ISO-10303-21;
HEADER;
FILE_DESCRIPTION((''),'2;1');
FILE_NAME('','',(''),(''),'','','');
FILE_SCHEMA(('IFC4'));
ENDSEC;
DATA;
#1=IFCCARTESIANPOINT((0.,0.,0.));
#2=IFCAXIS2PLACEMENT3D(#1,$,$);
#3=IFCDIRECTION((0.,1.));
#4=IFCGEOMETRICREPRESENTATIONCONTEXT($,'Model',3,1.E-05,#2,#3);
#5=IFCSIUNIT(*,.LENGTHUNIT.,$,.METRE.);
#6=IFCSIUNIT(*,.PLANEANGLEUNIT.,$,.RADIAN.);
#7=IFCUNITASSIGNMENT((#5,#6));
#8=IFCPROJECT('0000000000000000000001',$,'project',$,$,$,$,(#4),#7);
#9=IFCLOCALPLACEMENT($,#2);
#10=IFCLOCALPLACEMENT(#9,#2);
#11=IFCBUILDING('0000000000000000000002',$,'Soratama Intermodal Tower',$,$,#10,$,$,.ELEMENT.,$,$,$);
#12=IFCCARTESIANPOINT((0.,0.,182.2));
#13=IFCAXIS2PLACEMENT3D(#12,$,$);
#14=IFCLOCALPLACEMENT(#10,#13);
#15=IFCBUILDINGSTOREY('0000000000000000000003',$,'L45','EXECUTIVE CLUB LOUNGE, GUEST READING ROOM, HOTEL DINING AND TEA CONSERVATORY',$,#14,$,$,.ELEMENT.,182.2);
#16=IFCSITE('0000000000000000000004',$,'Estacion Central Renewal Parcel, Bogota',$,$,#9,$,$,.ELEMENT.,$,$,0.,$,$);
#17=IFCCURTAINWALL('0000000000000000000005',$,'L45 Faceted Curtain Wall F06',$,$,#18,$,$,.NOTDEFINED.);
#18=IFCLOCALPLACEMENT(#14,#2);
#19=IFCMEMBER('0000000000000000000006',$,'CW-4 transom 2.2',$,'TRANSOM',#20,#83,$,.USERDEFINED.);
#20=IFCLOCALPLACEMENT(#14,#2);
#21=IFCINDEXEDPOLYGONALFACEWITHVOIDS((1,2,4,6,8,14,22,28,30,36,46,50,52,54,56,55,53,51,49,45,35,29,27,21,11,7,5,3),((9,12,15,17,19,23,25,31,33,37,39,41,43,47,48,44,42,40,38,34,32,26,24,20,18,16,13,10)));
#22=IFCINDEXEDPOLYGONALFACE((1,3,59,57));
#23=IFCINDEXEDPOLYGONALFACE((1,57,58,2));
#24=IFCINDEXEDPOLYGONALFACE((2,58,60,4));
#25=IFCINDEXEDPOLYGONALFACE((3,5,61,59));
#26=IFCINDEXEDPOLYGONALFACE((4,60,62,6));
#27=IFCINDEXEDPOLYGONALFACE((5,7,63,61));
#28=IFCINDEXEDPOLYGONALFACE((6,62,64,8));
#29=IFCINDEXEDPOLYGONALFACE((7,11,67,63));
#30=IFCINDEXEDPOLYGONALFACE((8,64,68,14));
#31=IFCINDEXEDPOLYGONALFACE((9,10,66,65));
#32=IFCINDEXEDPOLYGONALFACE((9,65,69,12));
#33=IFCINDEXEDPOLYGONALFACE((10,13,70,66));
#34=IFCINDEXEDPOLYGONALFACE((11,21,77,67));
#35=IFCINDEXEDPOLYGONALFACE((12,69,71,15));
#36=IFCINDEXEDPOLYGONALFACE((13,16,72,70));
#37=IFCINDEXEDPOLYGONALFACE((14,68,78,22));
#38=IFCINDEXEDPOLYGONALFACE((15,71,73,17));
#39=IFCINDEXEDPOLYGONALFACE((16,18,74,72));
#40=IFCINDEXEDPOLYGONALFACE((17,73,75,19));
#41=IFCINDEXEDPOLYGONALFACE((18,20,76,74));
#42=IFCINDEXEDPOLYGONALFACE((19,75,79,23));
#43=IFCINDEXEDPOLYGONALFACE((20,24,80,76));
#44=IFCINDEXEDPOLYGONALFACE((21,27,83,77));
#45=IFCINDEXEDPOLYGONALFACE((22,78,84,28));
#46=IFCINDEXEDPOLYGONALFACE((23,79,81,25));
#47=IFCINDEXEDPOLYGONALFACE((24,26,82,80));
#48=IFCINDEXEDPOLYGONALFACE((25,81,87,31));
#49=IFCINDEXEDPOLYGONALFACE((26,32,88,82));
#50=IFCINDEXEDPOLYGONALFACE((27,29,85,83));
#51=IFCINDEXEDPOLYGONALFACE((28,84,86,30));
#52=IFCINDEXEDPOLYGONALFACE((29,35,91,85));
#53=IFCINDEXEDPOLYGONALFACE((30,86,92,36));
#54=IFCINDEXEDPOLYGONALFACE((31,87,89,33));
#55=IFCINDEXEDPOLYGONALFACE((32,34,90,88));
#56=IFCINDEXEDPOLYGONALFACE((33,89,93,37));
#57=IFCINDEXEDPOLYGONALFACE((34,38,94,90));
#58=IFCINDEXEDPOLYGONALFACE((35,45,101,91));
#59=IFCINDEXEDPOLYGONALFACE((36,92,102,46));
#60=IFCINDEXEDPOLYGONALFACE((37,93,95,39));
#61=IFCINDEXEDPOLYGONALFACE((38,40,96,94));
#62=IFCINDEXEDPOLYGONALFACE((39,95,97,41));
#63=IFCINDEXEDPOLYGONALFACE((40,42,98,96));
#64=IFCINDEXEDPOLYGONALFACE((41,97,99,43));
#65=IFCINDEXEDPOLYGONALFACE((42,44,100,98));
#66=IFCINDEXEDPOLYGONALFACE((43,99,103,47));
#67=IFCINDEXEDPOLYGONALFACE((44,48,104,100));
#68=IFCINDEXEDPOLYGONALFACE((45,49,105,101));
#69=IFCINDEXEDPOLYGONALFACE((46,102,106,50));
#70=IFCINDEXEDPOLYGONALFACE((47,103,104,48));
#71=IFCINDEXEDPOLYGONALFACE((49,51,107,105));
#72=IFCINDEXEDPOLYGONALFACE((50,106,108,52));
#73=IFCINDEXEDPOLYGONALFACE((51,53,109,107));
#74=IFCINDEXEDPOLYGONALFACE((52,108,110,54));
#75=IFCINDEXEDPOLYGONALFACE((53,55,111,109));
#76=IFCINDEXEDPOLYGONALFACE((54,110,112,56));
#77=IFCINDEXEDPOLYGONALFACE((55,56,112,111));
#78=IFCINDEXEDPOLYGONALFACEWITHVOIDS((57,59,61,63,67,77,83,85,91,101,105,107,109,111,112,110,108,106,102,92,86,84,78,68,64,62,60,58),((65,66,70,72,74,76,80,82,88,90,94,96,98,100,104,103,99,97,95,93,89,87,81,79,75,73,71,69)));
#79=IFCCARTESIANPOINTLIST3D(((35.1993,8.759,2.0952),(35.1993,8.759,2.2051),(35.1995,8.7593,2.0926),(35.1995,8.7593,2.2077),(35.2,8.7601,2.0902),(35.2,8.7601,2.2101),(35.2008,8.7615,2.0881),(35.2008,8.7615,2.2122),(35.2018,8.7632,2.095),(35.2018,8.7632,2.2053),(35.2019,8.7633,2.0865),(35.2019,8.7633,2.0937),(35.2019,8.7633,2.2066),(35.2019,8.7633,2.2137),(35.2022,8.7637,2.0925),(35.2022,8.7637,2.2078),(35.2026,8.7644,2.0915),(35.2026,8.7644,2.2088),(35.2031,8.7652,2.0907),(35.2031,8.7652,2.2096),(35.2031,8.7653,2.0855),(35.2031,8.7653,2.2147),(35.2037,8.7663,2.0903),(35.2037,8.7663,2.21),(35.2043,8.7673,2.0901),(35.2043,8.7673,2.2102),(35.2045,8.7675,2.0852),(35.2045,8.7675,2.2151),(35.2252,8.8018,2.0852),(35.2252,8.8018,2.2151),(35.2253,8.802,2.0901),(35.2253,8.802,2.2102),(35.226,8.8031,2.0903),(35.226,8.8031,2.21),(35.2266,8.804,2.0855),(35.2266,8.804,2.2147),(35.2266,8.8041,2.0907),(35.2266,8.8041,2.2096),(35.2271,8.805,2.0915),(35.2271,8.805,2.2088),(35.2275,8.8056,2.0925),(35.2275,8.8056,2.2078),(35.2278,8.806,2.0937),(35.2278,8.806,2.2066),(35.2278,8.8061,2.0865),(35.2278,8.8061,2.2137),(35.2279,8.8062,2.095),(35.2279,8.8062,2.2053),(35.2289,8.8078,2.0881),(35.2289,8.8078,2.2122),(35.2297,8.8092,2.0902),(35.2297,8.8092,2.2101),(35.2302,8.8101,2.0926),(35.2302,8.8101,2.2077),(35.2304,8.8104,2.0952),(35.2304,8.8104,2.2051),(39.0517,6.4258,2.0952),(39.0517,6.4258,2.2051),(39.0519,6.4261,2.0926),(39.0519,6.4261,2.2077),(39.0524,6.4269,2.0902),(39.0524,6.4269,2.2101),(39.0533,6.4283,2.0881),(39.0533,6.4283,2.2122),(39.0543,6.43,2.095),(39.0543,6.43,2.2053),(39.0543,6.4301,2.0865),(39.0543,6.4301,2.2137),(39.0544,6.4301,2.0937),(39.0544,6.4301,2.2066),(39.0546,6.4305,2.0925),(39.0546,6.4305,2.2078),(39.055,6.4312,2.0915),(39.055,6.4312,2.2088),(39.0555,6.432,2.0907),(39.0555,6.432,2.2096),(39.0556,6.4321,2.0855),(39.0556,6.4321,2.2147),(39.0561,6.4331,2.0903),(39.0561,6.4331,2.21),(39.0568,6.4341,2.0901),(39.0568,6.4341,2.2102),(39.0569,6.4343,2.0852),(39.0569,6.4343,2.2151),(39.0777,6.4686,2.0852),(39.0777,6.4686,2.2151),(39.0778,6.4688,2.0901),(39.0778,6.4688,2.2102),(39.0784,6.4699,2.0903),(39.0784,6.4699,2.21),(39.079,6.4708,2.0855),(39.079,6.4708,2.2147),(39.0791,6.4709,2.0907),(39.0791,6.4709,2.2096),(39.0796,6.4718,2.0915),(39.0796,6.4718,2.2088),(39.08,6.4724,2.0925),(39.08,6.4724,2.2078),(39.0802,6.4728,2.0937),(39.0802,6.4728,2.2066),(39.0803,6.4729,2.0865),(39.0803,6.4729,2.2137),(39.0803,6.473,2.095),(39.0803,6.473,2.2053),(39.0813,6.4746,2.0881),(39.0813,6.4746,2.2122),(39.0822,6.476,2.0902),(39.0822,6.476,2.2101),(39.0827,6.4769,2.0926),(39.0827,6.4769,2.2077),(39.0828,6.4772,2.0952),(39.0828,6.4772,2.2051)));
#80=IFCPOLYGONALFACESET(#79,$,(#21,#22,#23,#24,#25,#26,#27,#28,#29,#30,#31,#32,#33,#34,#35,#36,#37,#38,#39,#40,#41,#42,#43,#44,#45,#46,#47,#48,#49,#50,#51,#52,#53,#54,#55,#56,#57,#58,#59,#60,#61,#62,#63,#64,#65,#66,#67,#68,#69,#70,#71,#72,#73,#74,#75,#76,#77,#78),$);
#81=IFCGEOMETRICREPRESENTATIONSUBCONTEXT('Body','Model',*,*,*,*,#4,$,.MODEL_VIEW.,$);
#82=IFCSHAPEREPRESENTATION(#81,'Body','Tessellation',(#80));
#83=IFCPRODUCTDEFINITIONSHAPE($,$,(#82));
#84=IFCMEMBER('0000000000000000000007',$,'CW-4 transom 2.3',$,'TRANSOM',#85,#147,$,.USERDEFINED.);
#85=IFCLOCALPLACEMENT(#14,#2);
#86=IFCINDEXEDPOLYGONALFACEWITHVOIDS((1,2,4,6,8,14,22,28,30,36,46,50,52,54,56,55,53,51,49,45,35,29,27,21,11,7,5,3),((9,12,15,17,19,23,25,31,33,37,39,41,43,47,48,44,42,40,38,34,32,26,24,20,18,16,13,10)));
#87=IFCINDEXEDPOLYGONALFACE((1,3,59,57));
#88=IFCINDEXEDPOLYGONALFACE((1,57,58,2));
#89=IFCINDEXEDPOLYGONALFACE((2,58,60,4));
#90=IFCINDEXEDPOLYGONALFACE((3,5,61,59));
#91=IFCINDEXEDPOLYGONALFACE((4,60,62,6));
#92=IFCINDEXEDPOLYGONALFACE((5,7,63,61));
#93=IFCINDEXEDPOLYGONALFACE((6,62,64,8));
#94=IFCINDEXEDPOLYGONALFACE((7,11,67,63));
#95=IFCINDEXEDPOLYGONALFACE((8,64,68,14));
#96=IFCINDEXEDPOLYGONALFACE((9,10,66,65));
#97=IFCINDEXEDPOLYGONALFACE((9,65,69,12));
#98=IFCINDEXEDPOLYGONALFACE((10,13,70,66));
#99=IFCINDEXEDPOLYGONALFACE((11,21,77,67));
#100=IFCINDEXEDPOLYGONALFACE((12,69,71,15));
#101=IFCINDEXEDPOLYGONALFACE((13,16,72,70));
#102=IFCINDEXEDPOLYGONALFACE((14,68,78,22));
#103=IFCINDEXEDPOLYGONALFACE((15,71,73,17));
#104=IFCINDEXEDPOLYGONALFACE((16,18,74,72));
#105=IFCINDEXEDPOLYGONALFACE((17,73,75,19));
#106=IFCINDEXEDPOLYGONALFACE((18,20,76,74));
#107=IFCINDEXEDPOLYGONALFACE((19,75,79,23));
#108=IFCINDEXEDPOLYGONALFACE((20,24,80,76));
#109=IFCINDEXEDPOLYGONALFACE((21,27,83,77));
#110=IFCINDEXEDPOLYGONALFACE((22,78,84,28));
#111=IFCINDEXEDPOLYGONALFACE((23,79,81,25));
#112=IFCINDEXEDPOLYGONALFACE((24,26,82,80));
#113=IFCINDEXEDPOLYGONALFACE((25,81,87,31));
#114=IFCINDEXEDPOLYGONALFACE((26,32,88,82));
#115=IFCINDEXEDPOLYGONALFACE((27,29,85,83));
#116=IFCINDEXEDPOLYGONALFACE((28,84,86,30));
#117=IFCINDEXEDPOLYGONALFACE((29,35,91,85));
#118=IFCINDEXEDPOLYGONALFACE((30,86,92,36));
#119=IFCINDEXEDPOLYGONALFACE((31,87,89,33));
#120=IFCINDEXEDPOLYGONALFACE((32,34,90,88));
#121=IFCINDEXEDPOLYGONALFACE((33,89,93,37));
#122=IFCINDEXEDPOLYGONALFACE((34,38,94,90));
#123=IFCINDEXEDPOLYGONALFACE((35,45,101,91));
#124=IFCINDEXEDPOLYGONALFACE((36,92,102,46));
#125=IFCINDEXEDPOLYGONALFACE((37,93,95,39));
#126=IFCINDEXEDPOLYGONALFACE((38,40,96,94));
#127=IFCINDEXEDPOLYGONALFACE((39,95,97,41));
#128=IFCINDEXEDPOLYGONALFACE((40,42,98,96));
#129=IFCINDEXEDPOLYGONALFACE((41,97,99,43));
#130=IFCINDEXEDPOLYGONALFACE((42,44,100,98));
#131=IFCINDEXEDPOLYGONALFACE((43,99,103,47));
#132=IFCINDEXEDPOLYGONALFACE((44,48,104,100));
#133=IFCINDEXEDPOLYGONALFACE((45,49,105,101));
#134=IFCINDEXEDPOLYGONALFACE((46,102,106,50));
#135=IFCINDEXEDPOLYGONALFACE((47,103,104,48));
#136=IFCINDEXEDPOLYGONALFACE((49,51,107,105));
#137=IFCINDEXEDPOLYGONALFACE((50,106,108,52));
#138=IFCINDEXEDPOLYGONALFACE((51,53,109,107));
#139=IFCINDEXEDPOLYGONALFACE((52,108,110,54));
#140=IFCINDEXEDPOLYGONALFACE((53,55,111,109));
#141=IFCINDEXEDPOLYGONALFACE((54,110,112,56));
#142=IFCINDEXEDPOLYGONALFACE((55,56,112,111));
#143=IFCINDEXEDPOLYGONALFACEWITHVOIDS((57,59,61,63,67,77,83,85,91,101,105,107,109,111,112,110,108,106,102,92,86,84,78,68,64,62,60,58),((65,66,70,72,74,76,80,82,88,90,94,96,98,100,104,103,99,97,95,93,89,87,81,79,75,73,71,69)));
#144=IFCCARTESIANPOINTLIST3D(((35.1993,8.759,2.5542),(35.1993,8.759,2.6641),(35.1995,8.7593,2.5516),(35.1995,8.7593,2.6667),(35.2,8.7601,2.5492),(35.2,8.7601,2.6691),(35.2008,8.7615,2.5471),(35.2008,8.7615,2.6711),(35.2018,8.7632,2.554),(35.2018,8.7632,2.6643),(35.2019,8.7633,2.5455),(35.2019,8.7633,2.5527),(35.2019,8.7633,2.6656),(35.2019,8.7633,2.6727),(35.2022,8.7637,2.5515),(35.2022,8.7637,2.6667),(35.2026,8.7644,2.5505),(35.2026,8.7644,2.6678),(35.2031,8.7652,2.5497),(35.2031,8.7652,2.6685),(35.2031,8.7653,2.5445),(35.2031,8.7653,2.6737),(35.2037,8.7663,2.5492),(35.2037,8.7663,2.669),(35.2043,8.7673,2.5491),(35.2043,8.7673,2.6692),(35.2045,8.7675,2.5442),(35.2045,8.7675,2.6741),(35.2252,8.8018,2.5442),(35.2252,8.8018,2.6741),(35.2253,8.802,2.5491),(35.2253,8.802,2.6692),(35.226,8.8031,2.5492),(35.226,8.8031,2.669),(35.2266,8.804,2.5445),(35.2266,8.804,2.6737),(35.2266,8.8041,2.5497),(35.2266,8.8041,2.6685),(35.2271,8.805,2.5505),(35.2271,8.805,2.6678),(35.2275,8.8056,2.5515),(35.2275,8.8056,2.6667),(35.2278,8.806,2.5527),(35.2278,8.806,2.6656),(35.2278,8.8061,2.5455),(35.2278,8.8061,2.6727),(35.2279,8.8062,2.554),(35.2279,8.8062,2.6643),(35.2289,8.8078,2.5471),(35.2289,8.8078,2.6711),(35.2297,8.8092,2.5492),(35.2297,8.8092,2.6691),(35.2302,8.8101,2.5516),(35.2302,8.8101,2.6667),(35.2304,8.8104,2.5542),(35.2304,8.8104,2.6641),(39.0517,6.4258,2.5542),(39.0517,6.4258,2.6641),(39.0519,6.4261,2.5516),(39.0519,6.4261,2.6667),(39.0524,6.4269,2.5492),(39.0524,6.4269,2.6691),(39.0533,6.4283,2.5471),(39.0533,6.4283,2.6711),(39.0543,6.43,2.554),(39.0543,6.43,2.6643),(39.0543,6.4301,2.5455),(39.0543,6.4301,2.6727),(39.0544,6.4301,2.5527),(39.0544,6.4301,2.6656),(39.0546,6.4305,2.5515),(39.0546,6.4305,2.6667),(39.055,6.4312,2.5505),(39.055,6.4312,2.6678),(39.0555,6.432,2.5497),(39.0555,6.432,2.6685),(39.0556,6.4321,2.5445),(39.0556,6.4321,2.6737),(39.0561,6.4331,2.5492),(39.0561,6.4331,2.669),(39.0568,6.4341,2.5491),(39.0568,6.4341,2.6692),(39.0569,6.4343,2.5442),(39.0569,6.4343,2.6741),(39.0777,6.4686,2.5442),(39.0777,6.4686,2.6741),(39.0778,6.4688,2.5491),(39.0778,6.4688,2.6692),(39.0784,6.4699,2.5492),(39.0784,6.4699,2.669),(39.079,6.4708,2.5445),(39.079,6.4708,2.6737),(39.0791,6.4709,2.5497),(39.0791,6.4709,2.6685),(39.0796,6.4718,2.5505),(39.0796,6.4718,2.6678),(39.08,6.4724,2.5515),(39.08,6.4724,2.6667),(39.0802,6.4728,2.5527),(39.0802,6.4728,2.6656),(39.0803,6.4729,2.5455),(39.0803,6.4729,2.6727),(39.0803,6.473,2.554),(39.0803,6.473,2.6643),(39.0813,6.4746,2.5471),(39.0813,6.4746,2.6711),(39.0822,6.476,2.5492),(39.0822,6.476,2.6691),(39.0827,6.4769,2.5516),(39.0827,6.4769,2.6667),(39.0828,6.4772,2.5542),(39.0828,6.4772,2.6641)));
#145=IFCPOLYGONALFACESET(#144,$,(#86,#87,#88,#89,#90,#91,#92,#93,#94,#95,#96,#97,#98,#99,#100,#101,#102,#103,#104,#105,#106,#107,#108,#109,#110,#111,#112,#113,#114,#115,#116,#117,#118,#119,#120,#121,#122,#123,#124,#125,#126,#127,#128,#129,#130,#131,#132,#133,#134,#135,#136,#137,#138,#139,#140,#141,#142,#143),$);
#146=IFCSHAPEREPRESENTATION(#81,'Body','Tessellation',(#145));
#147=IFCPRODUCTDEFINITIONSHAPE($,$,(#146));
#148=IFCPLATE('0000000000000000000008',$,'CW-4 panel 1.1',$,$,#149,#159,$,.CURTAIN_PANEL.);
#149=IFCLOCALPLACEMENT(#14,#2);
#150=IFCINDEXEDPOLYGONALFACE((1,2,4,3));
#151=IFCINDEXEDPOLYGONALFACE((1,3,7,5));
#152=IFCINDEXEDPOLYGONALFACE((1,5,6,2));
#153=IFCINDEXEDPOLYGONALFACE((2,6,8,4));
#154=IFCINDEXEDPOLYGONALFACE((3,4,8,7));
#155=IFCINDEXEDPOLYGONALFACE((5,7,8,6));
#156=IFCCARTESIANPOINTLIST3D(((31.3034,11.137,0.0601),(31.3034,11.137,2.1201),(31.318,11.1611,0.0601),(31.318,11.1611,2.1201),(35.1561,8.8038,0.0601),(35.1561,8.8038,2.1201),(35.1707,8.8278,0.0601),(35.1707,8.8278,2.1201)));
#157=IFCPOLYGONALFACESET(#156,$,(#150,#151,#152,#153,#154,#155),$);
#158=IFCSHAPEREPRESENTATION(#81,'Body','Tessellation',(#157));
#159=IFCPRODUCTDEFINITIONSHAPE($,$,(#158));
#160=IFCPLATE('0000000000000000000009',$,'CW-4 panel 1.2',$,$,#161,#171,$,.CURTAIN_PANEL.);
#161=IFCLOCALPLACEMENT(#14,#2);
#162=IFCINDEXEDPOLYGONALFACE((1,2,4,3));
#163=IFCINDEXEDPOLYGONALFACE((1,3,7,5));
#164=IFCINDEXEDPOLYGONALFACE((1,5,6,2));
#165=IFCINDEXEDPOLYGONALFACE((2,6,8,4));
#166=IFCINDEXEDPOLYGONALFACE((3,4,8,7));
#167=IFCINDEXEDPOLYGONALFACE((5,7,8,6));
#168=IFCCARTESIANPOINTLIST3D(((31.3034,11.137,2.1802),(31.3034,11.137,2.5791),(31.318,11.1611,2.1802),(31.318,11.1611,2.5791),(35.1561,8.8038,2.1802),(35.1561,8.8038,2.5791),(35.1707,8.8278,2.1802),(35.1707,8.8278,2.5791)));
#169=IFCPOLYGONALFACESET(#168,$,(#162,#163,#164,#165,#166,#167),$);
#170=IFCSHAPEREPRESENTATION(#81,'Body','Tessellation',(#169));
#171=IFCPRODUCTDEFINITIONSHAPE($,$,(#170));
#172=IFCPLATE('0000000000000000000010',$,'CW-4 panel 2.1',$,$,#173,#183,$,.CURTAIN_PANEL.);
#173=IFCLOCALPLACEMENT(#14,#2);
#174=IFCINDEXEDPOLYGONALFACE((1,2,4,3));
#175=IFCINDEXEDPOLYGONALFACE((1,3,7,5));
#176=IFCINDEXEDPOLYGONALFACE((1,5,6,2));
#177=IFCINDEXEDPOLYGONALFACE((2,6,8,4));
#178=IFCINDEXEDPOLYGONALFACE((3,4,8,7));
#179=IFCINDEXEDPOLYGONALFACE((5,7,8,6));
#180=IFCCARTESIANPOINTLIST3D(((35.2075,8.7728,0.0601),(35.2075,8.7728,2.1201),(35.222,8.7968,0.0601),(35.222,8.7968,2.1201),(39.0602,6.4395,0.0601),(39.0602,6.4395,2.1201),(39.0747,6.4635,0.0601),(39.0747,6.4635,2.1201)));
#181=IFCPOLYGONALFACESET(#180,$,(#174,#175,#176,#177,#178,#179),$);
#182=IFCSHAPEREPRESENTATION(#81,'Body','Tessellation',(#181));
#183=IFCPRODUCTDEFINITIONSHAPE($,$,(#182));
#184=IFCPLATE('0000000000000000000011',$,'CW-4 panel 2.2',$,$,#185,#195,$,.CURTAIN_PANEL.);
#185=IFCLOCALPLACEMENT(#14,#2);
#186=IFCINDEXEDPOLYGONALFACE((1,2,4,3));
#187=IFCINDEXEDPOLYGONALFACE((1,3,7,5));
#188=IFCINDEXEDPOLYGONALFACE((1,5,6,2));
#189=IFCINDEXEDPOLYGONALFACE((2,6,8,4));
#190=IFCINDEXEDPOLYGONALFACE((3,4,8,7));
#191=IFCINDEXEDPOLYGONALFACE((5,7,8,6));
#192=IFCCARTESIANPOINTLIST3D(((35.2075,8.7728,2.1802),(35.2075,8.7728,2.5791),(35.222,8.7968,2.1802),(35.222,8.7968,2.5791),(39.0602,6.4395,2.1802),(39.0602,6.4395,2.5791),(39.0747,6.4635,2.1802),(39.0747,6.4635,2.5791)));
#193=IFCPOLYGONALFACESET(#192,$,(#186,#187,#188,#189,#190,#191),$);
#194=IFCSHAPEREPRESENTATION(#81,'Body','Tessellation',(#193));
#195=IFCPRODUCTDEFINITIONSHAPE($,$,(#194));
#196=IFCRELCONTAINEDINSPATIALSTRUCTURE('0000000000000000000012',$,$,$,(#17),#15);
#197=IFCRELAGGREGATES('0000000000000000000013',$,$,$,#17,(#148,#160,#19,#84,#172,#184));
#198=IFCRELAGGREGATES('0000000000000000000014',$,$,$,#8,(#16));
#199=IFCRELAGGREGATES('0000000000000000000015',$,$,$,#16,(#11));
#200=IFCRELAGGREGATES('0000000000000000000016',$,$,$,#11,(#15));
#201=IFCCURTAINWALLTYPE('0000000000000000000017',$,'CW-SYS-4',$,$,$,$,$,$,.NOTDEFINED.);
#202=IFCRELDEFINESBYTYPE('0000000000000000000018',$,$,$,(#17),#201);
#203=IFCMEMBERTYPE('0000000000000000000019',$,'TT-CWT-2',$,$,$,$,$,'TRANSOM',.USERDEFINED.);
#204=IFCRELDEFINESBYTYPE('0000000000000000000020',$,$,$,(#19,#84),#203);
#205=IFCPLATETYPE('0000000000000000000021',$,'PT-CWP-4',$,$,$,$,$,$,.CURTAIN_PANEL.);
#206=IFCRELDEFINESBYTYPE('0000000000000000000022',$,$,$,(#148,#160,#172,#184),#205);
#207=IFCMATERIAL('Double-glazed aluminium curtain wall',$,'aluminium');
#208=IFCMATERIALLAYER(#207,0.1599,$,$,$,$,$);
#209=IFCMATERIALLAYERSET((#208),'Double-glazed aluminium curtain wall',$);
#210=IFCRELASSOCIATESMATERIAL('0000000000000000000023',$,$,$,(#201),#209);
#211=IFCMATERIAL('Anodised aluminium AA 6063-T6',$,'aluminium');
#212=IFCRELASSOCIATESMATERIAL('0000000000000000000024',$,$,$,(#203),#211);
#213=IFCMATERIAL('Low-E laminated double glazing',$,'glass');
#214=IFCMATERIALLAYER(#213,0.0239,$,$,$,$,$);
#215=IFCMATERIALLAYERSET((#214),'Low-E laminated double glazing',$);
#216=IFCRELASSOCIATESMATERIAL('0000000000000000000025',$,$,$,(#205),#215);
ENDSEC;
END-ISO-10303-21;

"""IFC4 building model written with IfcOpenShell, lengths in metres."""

from ifc_helpers import new_model, si_unit, direction, frame, origin, origin_2d, place, context, subcontext, project, spatial, rectangle, hollow_rectangle, extrude, material, layer, layer_set, material_profile, profile_set, type_object, element, aggregate, save


model = new_model("IFC4")

# Units and contexts
model_context = context("Model", 3, precision=1e-05, world=origin(), true_north=direction((0.0, 1.0)))
body_context = subcontext(model_context, "Body", "Model", "MODEL_VIEW")
ifc_project = project(units=[si_unit("LENGTHUNIT", "METRE"), si_unit("PLANEANGLEUNIT", "RADIAN")], contexts=[model_context])

# Site, building, storey
site_placement = place(None, origin())
site = spatial("IfcSite", under=ifc_project, at=site_placement, Name="Estacion Central Renewal Parcel, Bogota", CompositionType="ELEMENT", RefElevation=0.0)
building_placement = place(site_placement, origin())
building = spatial("IfcBuilding", under=site, at=building_placement, Name="Soratama Intermodal Tower", CompositionType="ELEMENT")
storey_placement = place(building_placement, frame((0.0, 0.0, 182.2)))
storey = spatial("IfcBuildingStorey", under=building, at=storey_placement, Name="L45", Description="EXECUTIVE CLUB LOUNGE, GUEST READING ROOM, HOTEL DINING AND TEA CONSERVATORY", CompositionType="ELEMENT", Elevation=182.2)

# Curtain wall, members, plates
ifc_material_1 = material(Name="Double-glazed aluminium curtain wall", Category="aluminium")
ifc_layer_1 = layer(ifc_material_1, 0.1599)
ifc_layer_set_1 = layer_set([ifc_layer_1], Name="Double-glazed aluminium curtain wall")
curtain_wall_type = type_object("IfcCurtainWallType", Name="CW-SYS-4", PredefinedType="NOTDEFINED", material=ifc_layer_set_1)
curtain_wall_placement = place(storey_placement, origin())
curtain_wall = element("IfcCurtainWall", 1, at=curtain_wall_placement, inside=storey, type_object=curtain_wall_type, Name="L45 Faceted Curtain Wall F06", PredefinedType="NOTDEFINED")
ifc_material_2 = material(Name="Anodised aluminium AA 6063-T6", Category="aluminium")
ifc_material_profile_1 = material_profile(ifc_material_2, hollow_rectangle(XDim=0.0601, YDim=0.1299, WallThickness=0.0049, InnerFilletRadius=0.0049, OuterFilletRadius=0.01, at=origin_2d()), Name="CWT130X60X5")
ifc_profile_set_1 = profile_set([ifc_material_profile_1], Name="Anodised aluminium AA 6063-T6")
member_type_1 = type_object("IfcMemberType", Name="TT-CWT-2", ElementType="TRANSOM", PredefinedType="USERDEFINED", material=ifc_profile_set_1)
member_1_placement = place(storey_placement, frame((35.2148, 8.7847, 2.1501), z_axis=(0.855357, -0.518039, 0.0), x_axis=(0.518039, 0.855357, 0.0)))
member_1 = element("IfcMember", 2, at=member_1_placement, type_object=member_type_1, Name="CW-4 transom 2.2", ObjectType="TRANSOM", PredefinedType="USERDEFINED", context=body_context, shape_type="SweptSolid", body=[
    extrude(hollow_rectangle(XDim=0.0601, YDim=0.1299, WallThickness=0.0049, InnerFilletRadius=0.0049, OuterFilletRadius=0.01, at=origin_2d()), origin(), (0.0, 0.0, 1.0), 4.5039),
])
member_2_placement = place(storey_placement, frame((35.2148, 8.7847, 2.6091), z_axis=(0.855357, -0.518039, 0.0), x_axis=(0.518039, 0.855357, 0.0)))
member_2 = element("IfcMember", 3, at=member_2_placement, type_object=member_type_1, Name="CW-4 transom 2.3", ObjectType="TRANSOM", PredefinedType="USERDEFINED", context=body_context, shape_type="SweptSolid", body=[
    extrude(hollow_rectangle(XDim=0.0601, YDim=0.1299, WallThickness=0.0049, InnerFilletRadius=0.0049, OuterFilletRadius=0.01, at=origin_2d()), origin(), (0.0, 0.0, 1.0), 4.5039),
])
ifc_material_3 = material(Name="Low-E laminated double glazing", Category="glass")
ifc_layer_2 = layer(ifc_material_3, 0.0239)
ifc_layer_set_2 = layer_set([ifc_layer_2], Name="Low-E laminated double glazing")
plate_type = type_object("IfcPlateType", Name="PT-CWP-4", PredefinedType="CURTAIN_PANEL", material=ifc_layer_set_2)
plate_1_placement = place(storey_placement, frame((33.2371, 9.9824, 0.0601), z_axis=(0.0, 0.0, 1.0), x_axis=(0.855364, -0.518027, 0.0)))
plate_1 = element("IfcPlate", 4, at=plate_1_placement, type_object=plate_type, Name="CW-4 panel 1.1", PredefinedType="CURTAIN_PANEL", context=body_context, shape_type="SweptSolid", body=[
    extrude(rectangle(XDim=4.5042, YDim=0.0281, at=origin_2d()), origin(), (0.0, 0.0, 1.0), 2.0601),
])
plate_2_placement = place(storey_placement, frame((33.2371, 9.9824, 2.1802), z_axis=(0.0, 0.0, 1.0), x_axis=(0.855364, -0.518027, 0.0)))
plate_2 = element("IfcPlate", 5, at=plate_2_placement, type_object=plate_type, Name="CW-4 panel 1.2", PredefinedType="CURTAIN_PANEL", context=body_context, shape_type="SweptSolid", body=[
    extrude(rectangle(XDim=4.5042, YDim=0.0281, at=origin_2d()), origin(), (0.0, 0.0, 1.0), 0.3989),
])
plate_3_placement = place(storey_placement, frame((37.1411, 7.6182, 0.0601), z_axis=(0.0, 0.0, 1.0), x_axis=(0.855364, -0.518027, 0.0)))
plate_3 = element("IfcPlate", 6, at=plate_3_placement, type_object=plate_type, Name="CW-4 panel 2.1", PredefinedType="CURTAIN_PANEL", context=body_context, shape_type="SweptSolid", body=[
    extrude(rectangle(XDim=4.5042, YDim=0.0281, at=origin_2d()), origin(), (0.0, 0.0, 1.0), 2.0601),
])
plate_4_placement = place(storey_placement, frame((37.1411, 7.6182, 2.1802), z_axis=(0.0, 0.0, 1.0), x_axis=(0.855364, -0.518027, 0.0)))
plate_4 = element("IfcPlate", 7, at=plate_4_placement, type_object=plate_type, Name="CW-4 panel 2.2", PredefinedType="CURTAIN_PANEL", context=body_context, shape_type="SweptSolid", body=[
    extrude(rectangle(XDim=4.5042, YDim=0.0281, at=origin_2d()), origin(), (0.0, 0.0, 1.0), 0.3989),
])
aggregate(curtain_wall, [plate_1, plate_2, member_1, member_2, plate_3, plate_4])

save(model, "model.ifc")
